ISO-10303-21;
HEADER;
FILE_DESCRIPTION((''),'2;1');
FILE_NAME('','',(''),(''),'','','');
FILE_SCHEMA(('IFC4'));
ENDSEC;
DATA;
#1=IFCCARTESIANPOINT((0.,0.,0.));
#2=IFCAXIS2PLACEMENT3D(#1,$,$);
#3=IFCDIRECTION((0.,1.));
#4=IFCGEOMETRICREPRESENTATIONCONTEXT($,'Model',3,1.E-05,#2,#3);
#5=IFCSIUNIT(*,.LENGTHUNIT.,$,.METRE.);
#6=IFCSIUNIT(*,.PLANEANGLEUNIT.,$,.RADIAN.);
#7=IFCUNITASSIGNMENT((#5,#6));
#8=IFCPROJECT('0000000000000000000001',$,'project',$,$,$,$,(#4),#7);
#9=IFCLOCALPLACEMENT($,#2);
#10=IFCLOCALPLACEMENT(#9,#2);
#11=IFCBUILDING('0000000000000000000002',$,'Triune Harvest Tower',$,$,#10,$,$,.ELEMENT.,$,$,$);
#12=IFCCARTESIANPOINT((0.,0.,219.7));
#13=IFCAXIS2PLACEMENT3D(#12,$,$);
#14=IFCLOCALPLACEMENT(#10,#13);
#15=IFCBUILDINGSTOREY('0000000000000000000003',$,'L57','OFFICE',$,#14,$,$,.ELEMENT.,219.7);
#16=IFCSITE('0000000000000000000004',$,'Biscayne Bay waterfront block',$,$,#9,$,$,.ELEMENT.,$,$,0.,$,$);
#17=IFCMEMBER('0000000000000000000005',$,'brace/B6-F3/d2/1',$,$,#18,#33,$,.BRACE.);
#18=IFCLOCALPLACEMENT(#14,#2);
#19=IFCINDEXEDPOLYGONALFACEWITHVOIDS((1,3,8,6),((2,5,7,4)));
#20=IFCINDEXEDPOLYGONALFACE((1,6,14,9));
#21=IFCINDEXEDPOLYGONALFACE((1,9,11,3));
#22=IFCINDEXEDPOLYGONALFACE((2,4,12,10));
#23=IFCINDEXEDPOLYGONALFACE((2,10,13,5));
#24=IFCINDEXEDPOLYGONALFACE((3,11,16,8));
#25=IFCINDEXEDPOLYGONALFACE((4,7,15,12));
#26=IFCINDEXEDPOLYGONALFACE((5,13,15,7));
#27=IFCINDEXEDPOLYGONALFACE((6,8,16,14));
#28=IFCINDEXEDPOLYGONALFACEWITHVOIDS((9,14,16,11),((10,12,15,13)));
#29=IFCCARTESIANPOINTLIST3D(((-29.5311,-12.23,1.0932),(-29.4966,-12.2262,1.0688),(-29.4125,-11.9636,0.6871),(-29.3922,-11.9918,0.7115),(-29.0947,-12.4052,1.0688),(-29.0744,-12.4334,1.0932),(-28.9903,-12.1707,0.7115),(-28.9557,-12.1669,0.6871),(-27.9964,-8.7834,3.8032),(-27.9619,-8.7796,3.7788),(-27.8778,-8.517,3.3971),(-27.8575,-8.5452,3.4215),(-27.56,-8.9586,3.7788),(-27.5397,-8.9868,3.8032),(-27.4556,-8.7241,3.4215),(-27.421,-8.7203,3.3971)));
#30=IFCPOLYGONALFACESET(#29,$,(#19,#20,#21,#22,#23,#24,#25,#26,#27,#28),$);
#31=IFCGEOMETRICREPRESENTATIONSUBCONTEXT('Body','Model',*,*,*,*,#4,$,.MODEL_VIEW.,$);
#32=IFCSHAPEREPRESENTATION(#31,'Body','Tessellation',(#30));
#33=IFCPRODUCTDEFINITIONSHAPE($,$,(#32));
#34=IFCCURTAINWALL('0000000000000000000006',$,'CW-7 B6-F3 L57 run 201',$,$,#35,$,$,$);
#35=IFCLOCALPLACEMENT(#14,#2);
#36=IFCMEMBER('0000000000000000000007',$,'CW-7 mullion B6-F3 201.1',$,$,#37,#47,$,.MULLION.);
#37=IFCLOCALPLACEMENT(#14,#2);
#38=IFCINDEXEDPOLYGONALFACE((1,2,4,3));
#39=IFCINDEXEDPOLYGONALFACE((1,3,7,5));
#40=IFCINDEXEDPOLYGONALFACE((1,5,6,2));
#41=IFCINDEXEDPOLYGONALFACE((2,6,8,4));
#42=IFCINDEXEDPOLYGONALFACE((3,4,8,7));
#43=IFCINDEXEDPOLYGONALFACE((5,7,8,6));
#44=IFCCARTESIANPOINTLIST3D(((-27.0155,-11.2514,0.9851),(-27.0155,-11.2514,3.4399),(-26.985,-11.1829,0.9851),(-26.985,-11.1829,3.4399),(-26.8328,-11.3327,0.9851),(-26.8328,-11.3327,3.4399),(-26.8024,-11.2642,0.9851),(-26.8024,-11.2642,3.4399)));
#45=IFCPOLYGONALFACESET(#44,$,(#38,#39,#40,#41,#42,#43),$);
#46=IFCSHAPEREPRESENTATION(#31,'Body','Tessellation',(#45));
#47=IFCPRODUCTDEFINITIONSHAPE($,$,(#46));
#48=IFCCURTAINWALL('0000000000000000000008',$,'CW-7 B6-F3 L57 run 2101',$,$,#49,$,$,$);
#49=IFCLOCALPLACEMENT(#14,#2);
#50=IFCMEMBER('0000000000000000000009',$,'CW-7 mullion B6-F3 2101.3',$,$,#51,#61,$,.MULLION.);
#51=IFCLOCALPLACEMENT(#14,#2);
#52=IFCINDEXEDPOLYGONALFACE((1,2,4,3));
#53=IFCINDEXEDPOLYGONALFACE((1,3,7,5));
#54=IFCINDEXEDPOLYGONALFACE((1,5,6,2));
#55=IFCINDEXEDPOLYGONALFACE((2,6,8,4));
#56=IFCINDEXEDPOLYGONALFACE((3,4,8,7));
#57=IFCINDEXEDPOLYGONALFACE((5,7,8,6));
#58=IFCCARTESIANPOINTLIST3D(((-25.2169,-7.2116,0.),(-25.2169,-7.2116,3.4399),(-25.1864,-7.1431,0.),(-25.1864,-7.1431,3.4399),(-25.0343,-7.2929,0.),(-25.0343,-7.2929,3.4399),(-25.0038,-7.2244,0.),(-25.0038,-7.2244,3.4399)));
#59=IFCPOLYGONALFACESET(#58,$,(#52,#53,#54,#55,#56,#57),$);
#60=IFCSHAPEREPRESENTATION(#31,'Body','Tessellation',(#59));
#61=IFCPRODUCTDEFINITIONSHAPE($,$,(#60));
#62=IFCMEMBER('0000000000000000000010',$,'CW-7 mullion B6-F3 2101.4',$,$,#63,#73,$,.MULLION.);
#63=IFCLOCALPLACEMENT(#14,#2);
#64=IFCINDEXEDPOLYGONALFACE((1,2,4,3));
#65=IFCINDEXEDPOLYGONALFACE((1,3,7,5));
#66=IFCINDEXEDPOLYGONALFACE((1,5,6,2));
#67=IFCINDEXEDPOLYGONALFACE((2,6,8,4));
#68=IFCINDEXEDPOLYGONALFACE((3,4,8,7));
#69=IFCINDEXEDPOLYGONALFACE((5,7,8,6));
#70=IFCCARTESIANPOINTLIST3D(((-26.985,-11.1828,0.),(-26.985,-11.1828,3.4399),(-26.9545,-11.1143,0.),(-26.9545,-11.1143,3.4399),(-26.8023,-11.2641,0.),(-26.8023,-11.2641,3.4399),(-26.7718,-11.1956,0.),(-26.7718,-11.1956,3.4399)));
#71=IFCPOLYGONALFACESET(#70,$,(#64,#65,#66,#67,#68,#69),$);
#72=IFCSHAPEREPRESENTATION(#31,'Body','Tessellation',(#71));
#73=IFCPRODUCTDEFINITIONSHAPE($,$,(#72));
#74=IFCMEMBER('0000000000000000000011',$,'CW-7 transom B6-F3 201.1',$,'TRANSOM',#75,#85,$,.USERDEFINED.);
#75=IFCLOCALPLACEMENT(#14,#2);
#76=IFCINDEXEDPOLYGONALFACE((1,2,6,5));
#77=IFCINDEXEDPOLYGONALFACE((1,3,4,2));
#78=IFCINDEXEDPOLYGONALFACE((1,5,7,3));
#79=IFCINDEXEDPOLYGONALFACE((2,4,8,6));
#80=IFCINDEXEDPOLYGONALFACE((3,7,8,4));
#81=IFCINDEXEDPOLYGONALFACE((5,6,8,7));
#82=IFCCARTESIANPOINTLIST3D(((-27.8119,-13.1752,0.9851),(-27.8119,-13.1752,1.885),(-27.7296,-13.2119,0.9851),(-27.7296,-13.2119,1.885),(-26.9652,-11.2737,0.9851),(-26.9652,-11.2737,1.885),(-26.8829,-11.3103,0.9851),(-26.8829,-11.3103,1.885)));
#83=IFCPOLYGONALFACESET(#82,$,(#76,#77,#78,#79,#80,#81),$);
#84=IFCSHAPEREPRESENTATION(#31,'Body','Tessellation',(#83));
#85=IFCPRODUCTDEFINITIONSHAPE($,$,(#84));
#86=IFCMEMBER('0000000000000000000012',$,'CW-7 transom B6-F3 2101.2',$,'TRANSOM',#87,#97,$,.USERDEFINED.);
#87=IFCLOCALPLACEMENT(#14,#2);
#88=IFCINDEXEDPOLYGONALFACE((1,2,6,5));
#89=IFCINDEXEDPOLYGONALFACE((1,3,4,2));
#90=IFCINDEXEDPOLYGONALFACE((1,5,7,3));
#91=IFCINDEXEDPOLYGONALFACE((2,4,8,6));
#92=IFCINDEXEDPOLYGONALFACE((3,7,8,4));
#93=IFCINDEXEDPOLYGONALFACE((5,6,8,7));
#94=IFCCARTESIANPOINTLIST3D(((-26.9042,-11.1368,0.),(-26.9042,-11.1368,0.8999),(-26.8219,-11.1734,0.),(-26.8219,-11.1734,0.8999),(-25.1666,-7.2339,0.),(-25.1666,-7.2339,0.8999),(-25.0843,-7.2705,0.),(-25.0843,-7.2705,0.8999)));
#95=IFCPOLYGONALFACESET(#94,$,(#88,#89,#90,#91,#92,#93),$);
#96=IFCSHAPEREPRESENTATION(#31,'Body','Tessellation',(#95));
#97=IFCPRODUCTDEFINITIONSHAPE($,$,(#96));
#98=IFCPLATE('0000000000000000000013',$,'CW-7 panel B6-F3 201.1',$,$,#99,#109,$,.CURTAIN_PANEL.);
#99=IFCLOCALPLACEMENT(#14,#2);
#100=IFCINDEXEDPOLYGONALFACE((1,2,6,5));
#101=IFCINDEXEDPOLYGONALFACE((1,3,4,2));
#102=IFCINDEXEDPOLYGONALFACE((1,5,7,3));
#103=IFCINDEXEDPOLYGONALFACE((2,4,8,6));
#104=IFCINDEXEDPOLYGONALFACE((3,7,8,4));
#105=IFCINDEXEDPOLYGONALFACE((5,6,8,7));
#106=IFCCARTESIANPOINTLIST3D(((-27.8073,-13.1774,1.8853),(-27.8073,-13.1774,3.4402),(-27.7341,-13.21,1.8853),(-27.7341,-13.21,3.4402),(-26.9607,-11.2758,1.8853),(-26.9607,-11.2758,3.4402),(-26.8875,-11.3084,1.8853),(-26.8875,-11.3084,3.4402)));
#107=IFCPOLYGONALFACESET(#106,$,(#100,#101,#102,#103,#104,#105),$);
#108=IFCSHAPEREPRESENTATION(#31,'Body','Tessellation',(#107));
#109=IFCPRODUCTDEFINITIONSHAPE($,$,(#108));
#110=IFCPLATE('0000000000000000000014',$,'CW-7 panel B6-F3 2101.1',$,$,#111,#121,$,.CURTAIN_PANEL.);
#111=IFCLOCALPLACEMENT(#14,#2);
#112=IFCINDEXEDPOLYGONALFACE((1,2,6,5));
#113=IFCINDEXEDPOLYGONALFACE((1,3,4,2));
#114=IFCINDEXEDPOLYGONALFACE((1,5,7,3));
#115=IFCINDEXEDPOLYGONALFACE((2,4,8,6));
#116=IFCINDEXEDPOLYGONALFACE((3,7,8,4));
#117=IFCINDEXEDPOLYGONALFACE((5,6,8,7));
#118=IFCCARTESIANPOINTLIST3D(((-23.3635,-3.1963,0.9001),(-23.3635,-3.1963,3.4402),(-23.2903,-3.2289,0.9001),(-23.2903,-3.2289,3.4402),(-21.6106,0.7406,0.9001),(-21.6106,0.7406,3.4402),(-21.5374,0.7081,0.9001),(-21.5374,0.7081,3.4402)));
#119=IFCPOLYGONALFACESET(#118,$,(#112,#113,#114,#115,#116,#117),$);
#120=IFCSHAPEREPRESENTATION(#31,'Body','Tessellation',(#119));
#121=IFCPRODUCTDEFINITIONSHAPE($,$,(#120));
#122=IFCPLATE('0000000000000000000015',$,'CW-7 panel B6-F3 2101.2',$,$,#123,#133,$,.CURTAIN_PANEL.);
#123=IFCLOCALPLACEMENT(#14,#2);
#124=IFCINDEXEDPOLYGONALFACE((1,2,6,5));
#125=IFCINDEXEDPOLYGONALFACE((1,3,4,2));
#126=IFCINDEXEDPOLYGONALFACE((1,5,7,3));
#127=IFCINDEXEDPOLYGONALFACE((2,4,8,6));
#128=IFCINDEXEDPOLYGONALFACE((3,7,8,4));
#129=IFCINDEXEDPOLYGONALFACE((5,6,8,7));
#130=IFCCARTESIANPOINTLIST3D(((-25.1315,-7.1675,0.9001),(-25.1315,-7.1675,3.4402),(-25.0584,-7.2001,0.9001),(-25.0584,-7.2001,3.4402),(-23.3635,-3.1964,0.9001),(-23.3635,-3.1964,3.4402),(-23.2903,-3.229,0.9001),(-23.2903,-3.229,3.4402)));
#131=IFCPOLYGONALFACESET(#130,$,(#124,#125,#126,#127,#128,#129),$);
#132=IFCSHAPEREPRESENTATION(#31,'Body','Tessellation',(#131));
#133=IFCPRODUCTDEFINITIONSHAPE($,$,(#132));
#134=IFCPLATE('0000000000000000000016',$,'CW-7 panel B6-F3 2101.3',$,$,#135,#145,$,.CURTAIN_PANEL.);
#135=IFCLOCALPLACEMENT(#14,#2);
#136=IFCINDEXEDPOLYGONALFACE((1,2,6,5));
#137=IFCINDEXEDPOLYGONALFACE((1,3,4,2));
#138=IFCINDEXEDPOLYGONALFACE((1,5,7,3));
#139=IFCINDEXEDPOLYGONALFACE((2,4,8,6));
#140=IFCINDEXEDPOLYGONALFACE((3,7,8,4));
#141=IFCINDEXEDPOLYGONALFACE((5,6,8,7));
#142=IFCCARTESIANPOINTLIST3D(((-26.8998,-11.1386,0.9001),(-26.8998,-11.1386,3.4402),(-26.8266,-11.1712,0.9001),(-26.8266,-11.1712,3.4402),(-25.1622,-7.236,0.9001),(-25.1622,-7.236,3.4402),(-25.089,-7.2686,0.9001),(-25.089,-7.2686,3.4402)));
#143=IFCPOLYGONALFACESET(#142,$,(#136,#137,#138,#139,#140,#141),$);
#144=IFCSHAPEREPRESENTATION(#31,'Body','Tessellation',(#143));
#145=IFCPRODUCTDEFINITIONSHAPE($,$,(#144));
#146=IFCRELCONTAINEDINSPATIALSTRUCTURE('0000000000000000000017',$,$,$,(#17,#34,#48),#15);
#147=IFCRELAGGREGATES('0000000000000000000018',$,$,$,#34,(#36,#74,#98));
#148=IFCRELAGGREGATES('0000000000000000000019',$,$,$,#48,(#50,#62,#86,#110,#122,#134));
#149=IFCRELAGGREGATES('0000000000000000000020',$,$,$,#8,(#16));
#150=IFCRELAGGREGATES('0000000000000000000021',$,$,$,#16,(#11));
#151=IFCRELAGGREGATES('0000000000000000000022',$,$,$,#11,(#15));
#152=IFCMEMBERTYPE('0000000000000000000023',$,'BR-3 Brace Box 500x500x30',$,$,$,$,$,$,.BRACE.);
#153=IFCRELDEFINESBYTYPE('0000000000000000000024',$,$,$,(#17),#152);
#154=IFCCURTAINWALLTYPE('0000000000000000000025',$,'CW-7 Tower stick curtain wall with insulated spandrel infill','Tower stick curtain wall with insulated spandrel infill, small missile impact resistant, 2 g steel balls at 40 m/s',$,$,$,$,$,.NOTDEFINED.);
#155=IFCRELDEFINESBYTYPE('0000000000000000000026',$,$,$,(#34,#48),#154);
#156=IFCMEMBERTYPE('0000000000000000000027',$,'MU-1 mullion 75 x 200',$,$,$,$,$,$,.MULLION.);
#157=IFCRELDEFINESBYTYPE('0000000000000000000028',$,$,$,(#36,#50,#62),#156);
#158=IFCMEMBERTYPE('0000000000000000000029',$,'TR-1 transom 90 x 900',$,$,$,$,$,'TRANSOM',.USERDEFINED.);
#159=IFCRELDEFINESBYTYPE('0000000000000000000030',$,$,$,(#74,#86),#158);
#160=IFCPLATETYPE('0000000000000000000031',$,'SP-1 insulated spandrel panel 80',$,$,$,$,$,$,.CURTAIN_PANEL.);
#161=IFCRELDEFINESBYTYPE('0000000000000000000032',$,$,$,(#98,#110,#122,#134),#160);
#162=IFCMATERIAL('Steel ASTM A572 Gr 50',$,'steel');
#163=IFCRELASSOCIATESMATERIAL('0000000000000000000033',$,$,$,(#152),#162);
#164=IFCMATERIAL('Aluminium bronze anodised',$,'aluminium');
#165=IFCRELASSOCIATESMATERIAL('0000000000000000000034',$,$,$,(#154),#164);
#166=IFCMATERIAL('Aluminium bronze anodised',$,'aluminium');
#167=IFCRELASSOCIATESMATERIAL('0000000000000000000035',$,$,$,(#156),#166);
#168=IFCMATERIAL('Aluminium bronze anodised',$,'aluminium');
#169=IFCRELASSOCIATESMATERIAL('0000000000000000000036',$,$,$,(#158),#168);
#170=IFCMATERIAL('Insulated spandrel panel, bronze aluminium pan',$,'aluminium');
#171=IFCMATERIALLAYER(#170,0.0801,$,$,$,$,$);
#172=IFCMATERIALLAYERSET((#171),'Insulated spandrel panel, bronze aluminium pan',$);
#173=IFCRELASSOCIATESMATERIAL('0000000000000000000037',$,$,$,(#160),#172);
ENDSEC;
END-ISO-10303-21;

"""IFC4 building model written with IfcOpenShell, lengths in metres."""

from ifc_helpers import new_model, si_unit, direction, frame, origin, origin_2d, place, context, subcontext, project, spatial, rectangle, hollow_rectangle, extrude, source, transform, mapped, material, layer, layer_set, material_profile, profile_set, type_object, element, aggregate, save


model = new_model("IFC4")

# Units and contexts
model_context = context("Model", 3, precision=1e-05, world=origin(), true_north=direction((0.0, 1.0)))
body_context = subcontext(model_context, "Body", "Model", "MODEL_VIEW")
ifc_project = project(units=[si_unit("LENGTHUNIT", "METRE"), si_unit("PLANEANGLEUNIT", "RADIAN")], contexts=[model_context])

# Site, building, storey
site_placement = place(None, origin())
site = spatial("IfcSite", under=ifc_project, at=site_placement, Name="Biscayne Bay waterfront block", CompositionType="ELEMENT", RefElevation=0.0)
building_placement = place(site_placement, origin())
building = spatial("IfcBuilding", under=site, at=building_placement, Name="Triune Harvest Tower", CompositionType="ELEMENT")
storey_placement = place(building_placement, frame((0.0, 0.0, 219.7)))
storey = spatial("IfcBuildingStorey", under=building, at=storey_placement, Name="L57", Description="OFFICE", CompositionType="ELEMENT", Elevation=219.7)

# Member
ifc_material_1 = material(Name="Steel ASTM A572 Gr 50", Category="steel")
ifc_material_profile_1 = material_profile(ifc_material_1, hollow_rectangle(XDim=0.5, YDim=0.5, WallThickness=0.03, at=origin_2d()), Name="Box 500x500x30")
ifc_profile_set_1 = profile_set([ifc_material_profile_1], Name="Steel ASTM A572 Gr 50")
member_type_1 = type_object("IfcMemberType", Name="BR-3 Brace Box 500x500x30", PredefinedType="BRACE", material=ifc_profile_set_1)
shared_shape_1 = source(origin(), body_context, "Body", "SweptSolid", [
    extrude(hollow_rectangle(XDim=0.5, YDim=0.5, WallThickness=0.03, at=origin_2d()), origin(), (0.0, 0.0, 1.0), 4.6453),
])
member_1_placement = place(storey_placement, frame((-29.2434, -12.1985, 0.8901), z_axis=(0.330379, 0.741959, 0.583392), x_axis=(-0.913528, 0.406775, 0.0)))
element("IfcMember", 1, at=member_1_placement, inside=storey, type_object=member_type_1, Name="brace/B6-F3/d2/1", PredefinedType="BRACE", context=body_context, shape_type="MappedRepresentation", body=[
    mapped(shared_shape_1, transform((0.0, 0.0, 0.0), scale=1.0)),
])

# Curtain wall, member
ifc_material_2 = material(Name="Aluminium bronze anodised", Category="aluminium")
curtain_wall_type = type_object("IfcCurtainWallType", Name="CW-7 Tower stick curtain wall with insulated spandrel infill", Description="Tower stick curtain wall with insulated spandrel infill, small missile impact resistant, 2 g steel balls at 40 m/s", PredefinedType="NOTDEFINED", material=ifc_material_2)
curtain_wall_1_placement = place(storey_placement, origin())
curtain_wall_1 = element("IfcCurtainWall", 2, at=curtain_wall_1_placement, inside=storey, type_object=curtain_wall_type, Name="CW-7 B6-F3 L57 run 201")
ifc_material_3 = material(Name="Aluminium bronze anodised", Category="aluminium")
ifc_material_profile_2 = material_profile(ifc_material_3, rectangle(XDim=0.2, YDim=0.075, at=origin_2d()), Name="MU-1 mullion 75 x 200")
ifc_profile_set_2 = profile_set([ifc_material_profile_2], Name="Aluminium bronze anodised")
member_type_2 = type_object("IfcMemberType", Name="MU-1 mullion 75 x 200", PredefinedType="MULLION", material=ifc_profile_set_2)
shared_shape_2 = source(origin(), body_context, "Body", "SweptSolid", [
    extrude(rectangle(XDim=0.2, YDim=0.075, at=origin_2d()), origin(), (0.0, 0.0, 1.0), 2.4548),
])
member_2_placement = place(storey_placement, frame((-26.9089, -11.2578, 0.9851), z_axis=(0.0, 0.0, 1.0), x_axis=(0.913553, -0.40672, 0.0)))
member_2 = element("IfcMember", 3, at=member_2_placement, type_object=member_type_2, Name="CW-7 mullion B6-F3 201.1", PredefinedType="MULLION", context=body_context, shape_type="MappedRepresentation", body=[
    mapped(shared_shape_2, transform((0.0, 0.0, 0.0), scale=1.0)),
])

# Curtain wall, members
curtain_wall_2_placement = place(storey_placement, origin())
curtain_wall_2 = element("IfcCurtainWall", 4, at=curtain_wall_2_placement, inside=storey, type_object=curtain_wall_type, Name="CW-7 B6-F3 L57 run 2101")
shared_shape_3 = source(origin(), body_context, "Body", "SweptSolid", [
    extrude(rectangle(XDim=0.2, YDim=0.075, at=origin_2d()), origin(), (0.0, 0.0, 1.0), 3.4399),
])
member_3_placement = place(storey_placement, frame((-25.1104, -7.218, 0.0), z_axis=(0.0, 0.0, 1.0), x_axis=(0.913544, -0.40674, 0.0)))
member_3 = element("IfcMember", 5, at=member_3_placement, type_object=member_type_2, Name="CW-7 mullion B6-F3 2101.3", PredefinedType="MULLION", context=body_context, shape_type="MappedRepresentation", body=[
    mapped(shared_shape_3, transform((0.0, 0.0, 0.0), scale=1.0)),
])
member_4_placement = place(storey_placement, frame((-26.8784, -11.1892, 0.0), z_axis=(0.0, 0.0, 1.0), x_axis=(0.913544, -0.40674, 0.0)))
member_4 = element("IfcMember", 6, at=member_4_placement, type_object=member_type_2, Name="CW-7 mullion B6-F3 2101.4", PredefinedType="MULLION", context=body_context, shape_type="MappedRepresentation", body=[
    mapped(shared_shape_3, transform((0.0, 0.0, 0.0), scale=1.0)),
])

# Members
ifc_material_4 = material(Name="Aluminium bronze anodised", Category="aluminium")
ifc_material_profile_3 = material_profile(ifc_material_4, rectangle(XDim=0.0901, YDim=0.8999, at=origin_2d()), Name="TR-1 transom 90 x 900")
ifc_profile_set_3 = profile_set([ifc_material_profile_3], Name="Aluminium bronze anodised")
member_type_3 = type_object("IfcMemberType", Name="TR-1 transom 90 x 900", ElementType="TRANSOM", PredefinedType="USERDEFINED", material=ifc_profile_set_3)
shared_shape_4 = source(origin(), body_context, "Body", "SweptSolid", [
    extrude(rectangle(XDim=0.0901, YDim=0.8999, at=origin_2d()), origin(), (0.0, 0.0, 1.0), 2.0815),
])
member_5_placement = place(storey_placement, frame((-26.9241, -11.292, 1.4351), z_axis=(-0.406748, -0.91354, 0.0), x_axis=(0.91354, -0.406748, 0.0)))
member_5 = element("IfcMember", 7, at=member_5_placement, type_object=member_type_3, Name="CW-7 transom B6-F3 201.1", ObjectType="TRANSOM", PredefinedType="USERDEFINED", context=body_context, shape_type="MappedRepresentation", body=[
    mapped(shared_shape_4, transform((0.0, 0.0, 0.0), scale=1.0)),
])
shared_shape_5 = source(origin(), body_context, "Body", "SweptSolid", [
    extrude(rectangle(XDim=0.0901, YDim=0.8999, at=origin_2d()), origin(), (0.0, 0.0, 1.0), 4.2722),
])
member_6_placement = place(storey_placement, frame((-25.1255, -7.2522, 0.45), z_axis=(-0.406716, -0.913554, 0.0), x_axis=(0.913554, -0.406716, 0.0)))
member_6 = element("IfcMember", 8, at=member_6_placement, type_object=member_type_3, Name="CW-7 transom B6-F3 2101.2", ObjectType="TRANSOM", PredefinedType="USERDEFINED", context=body_context, shape_type="MappedRepresentation", body=[
    mapped(shared_shape_5, transform((0.0, 0.0, 0.0), scale=1.0)),
])

# Plates
ifc_material_5 = material(Name="Insulated spandrel panel, bronze aluminium pan", Category="aluminium")
ifc_layer_1 = layer(ifc_material_5, 0.0801)
ifc_layer_set_1 = layer_set([ifc_layer_1], Name="Insulated spandrel panel, bronze aluminium pan")
plate_type = type_object("IfcPlateType", Name="SP-1 insulated spandrel panel 80", PredefinedType="CURTAIN_PANEL", material=ifc_layer_set_1)
shared_shape_6 = source(origin(), body_context, "Body", "SweptSolid", [
    extrude(rectangle(XDim=2.0815, YDim=0.0801, at=origin_2d()), origin(), (0.0, 0.0, 1.0), 1.5549),
])
plate_1_placement = place(storey_placement, frame((-27.3474, -12.2429, 1.8853), z_axis=(0.0, 0.0, 1.0), x_axis=(-0.40672, -0.913553, 0.0)))
plate_1 = element("IfcPlate", 9, at=plate_1_placement, type_object=plate_type, Name="CW-7 panel B6-F3 201.1", PredefinedType="CURTAIN_PANEL", context=body_context, shape_type="MappedRepresentation", body=[
    mapped(shared_shape_6, transform((0.0, 0.0, 0.0), scale=1.0)),
])
aggregate(curtain_wall_1, [member_2, member_5, plate_1])
shared_shape_7 = source(origin(), body_context, "Body", "SweptSolid", [
    extrude(rectangle(XDim=4.3096, YDim=0.0801, at=origin_2d()), origin(), (0.0, 0.0, 1.0), 2.54),
])
plate_2_placement = place(storey_placement, frame((-22.4504, -1.2441, 0.9001), z_axis=(0.0, 0.0, 1.0), x_axis=(-0.40674, -0.913544, 0.0)))
plate_2 = element("IfcPlate", 10, at=plate_2_placement, type_object=plate_type, Name="CW-7 panel B6-F3 2101.1", PredefinedType="CURTAIN_PANEL", context=body_context, shape_type="MappedRepresentation", body=[
    mapped(shared_shape_7, transform((0.0, 0.0, 0.0), scale=1.0)),
])
shared_shape_8 = source(origin(), body_context, "Body", "SweptSolid", [
    extrude(rectangle(XDim=4.3469, YDim=0.0801, at=origin_2d()), origin(), (0.0, 0.0, 1.0), 2.54),
])
plate_3_placement = place(storey_placement, frame((-24.2109, -5.1982, 0.9001), z_axis=(0.0, 0.0, 1.0), x_axis=(-0.40674, -0.913544, 0.0)))
plate_3 = element("IfcPlate", 11, at=plate_3_placement, type_object=plate_type, Name="CW-7 panel B6-F3 2101.2", PredefinedType="CURTAIN_PANEL", context=body_context, shape_type="MappedRepresentation", body=[
    mapped(shared_shape_8, transform((0.0, 0.0, 0.0), scale=1.0)),
])
shared_shape_9 = source(origin(), body_context, "Body", "SweptSolid", [
    extrude(rectangle(XDim=4.272, YDim=0.0801, at=origin_2d()), origin(), (0.0, 0.0, 1.0), 2.54),
])
plate_4_placement = place(storey_placement, frame((-25.9944, -9.2036, 0.9001), z_axis=(0.0, 0.0, 1.0), x_axis=(-0.40674, -0.913544, 0.0)))
plate_4 = element("IfcPlate", 12, at=plate_4_placement, type_object=plate_type, Name="CW-7 panel B6-F3 2101.3", PredefinedType="CURTAIN_PANEL", context=body_context, shape_type="MappedRepresentation", body=[
    mapped(shared_shape_9, transform((0.0, 0.0, 0.0), scale=1.0)),
])
aggregate(curtain_wall_2, [member_3, member_4, member_6, plate_2, plate_3, plate_4])

save(model, "model.ifc")
